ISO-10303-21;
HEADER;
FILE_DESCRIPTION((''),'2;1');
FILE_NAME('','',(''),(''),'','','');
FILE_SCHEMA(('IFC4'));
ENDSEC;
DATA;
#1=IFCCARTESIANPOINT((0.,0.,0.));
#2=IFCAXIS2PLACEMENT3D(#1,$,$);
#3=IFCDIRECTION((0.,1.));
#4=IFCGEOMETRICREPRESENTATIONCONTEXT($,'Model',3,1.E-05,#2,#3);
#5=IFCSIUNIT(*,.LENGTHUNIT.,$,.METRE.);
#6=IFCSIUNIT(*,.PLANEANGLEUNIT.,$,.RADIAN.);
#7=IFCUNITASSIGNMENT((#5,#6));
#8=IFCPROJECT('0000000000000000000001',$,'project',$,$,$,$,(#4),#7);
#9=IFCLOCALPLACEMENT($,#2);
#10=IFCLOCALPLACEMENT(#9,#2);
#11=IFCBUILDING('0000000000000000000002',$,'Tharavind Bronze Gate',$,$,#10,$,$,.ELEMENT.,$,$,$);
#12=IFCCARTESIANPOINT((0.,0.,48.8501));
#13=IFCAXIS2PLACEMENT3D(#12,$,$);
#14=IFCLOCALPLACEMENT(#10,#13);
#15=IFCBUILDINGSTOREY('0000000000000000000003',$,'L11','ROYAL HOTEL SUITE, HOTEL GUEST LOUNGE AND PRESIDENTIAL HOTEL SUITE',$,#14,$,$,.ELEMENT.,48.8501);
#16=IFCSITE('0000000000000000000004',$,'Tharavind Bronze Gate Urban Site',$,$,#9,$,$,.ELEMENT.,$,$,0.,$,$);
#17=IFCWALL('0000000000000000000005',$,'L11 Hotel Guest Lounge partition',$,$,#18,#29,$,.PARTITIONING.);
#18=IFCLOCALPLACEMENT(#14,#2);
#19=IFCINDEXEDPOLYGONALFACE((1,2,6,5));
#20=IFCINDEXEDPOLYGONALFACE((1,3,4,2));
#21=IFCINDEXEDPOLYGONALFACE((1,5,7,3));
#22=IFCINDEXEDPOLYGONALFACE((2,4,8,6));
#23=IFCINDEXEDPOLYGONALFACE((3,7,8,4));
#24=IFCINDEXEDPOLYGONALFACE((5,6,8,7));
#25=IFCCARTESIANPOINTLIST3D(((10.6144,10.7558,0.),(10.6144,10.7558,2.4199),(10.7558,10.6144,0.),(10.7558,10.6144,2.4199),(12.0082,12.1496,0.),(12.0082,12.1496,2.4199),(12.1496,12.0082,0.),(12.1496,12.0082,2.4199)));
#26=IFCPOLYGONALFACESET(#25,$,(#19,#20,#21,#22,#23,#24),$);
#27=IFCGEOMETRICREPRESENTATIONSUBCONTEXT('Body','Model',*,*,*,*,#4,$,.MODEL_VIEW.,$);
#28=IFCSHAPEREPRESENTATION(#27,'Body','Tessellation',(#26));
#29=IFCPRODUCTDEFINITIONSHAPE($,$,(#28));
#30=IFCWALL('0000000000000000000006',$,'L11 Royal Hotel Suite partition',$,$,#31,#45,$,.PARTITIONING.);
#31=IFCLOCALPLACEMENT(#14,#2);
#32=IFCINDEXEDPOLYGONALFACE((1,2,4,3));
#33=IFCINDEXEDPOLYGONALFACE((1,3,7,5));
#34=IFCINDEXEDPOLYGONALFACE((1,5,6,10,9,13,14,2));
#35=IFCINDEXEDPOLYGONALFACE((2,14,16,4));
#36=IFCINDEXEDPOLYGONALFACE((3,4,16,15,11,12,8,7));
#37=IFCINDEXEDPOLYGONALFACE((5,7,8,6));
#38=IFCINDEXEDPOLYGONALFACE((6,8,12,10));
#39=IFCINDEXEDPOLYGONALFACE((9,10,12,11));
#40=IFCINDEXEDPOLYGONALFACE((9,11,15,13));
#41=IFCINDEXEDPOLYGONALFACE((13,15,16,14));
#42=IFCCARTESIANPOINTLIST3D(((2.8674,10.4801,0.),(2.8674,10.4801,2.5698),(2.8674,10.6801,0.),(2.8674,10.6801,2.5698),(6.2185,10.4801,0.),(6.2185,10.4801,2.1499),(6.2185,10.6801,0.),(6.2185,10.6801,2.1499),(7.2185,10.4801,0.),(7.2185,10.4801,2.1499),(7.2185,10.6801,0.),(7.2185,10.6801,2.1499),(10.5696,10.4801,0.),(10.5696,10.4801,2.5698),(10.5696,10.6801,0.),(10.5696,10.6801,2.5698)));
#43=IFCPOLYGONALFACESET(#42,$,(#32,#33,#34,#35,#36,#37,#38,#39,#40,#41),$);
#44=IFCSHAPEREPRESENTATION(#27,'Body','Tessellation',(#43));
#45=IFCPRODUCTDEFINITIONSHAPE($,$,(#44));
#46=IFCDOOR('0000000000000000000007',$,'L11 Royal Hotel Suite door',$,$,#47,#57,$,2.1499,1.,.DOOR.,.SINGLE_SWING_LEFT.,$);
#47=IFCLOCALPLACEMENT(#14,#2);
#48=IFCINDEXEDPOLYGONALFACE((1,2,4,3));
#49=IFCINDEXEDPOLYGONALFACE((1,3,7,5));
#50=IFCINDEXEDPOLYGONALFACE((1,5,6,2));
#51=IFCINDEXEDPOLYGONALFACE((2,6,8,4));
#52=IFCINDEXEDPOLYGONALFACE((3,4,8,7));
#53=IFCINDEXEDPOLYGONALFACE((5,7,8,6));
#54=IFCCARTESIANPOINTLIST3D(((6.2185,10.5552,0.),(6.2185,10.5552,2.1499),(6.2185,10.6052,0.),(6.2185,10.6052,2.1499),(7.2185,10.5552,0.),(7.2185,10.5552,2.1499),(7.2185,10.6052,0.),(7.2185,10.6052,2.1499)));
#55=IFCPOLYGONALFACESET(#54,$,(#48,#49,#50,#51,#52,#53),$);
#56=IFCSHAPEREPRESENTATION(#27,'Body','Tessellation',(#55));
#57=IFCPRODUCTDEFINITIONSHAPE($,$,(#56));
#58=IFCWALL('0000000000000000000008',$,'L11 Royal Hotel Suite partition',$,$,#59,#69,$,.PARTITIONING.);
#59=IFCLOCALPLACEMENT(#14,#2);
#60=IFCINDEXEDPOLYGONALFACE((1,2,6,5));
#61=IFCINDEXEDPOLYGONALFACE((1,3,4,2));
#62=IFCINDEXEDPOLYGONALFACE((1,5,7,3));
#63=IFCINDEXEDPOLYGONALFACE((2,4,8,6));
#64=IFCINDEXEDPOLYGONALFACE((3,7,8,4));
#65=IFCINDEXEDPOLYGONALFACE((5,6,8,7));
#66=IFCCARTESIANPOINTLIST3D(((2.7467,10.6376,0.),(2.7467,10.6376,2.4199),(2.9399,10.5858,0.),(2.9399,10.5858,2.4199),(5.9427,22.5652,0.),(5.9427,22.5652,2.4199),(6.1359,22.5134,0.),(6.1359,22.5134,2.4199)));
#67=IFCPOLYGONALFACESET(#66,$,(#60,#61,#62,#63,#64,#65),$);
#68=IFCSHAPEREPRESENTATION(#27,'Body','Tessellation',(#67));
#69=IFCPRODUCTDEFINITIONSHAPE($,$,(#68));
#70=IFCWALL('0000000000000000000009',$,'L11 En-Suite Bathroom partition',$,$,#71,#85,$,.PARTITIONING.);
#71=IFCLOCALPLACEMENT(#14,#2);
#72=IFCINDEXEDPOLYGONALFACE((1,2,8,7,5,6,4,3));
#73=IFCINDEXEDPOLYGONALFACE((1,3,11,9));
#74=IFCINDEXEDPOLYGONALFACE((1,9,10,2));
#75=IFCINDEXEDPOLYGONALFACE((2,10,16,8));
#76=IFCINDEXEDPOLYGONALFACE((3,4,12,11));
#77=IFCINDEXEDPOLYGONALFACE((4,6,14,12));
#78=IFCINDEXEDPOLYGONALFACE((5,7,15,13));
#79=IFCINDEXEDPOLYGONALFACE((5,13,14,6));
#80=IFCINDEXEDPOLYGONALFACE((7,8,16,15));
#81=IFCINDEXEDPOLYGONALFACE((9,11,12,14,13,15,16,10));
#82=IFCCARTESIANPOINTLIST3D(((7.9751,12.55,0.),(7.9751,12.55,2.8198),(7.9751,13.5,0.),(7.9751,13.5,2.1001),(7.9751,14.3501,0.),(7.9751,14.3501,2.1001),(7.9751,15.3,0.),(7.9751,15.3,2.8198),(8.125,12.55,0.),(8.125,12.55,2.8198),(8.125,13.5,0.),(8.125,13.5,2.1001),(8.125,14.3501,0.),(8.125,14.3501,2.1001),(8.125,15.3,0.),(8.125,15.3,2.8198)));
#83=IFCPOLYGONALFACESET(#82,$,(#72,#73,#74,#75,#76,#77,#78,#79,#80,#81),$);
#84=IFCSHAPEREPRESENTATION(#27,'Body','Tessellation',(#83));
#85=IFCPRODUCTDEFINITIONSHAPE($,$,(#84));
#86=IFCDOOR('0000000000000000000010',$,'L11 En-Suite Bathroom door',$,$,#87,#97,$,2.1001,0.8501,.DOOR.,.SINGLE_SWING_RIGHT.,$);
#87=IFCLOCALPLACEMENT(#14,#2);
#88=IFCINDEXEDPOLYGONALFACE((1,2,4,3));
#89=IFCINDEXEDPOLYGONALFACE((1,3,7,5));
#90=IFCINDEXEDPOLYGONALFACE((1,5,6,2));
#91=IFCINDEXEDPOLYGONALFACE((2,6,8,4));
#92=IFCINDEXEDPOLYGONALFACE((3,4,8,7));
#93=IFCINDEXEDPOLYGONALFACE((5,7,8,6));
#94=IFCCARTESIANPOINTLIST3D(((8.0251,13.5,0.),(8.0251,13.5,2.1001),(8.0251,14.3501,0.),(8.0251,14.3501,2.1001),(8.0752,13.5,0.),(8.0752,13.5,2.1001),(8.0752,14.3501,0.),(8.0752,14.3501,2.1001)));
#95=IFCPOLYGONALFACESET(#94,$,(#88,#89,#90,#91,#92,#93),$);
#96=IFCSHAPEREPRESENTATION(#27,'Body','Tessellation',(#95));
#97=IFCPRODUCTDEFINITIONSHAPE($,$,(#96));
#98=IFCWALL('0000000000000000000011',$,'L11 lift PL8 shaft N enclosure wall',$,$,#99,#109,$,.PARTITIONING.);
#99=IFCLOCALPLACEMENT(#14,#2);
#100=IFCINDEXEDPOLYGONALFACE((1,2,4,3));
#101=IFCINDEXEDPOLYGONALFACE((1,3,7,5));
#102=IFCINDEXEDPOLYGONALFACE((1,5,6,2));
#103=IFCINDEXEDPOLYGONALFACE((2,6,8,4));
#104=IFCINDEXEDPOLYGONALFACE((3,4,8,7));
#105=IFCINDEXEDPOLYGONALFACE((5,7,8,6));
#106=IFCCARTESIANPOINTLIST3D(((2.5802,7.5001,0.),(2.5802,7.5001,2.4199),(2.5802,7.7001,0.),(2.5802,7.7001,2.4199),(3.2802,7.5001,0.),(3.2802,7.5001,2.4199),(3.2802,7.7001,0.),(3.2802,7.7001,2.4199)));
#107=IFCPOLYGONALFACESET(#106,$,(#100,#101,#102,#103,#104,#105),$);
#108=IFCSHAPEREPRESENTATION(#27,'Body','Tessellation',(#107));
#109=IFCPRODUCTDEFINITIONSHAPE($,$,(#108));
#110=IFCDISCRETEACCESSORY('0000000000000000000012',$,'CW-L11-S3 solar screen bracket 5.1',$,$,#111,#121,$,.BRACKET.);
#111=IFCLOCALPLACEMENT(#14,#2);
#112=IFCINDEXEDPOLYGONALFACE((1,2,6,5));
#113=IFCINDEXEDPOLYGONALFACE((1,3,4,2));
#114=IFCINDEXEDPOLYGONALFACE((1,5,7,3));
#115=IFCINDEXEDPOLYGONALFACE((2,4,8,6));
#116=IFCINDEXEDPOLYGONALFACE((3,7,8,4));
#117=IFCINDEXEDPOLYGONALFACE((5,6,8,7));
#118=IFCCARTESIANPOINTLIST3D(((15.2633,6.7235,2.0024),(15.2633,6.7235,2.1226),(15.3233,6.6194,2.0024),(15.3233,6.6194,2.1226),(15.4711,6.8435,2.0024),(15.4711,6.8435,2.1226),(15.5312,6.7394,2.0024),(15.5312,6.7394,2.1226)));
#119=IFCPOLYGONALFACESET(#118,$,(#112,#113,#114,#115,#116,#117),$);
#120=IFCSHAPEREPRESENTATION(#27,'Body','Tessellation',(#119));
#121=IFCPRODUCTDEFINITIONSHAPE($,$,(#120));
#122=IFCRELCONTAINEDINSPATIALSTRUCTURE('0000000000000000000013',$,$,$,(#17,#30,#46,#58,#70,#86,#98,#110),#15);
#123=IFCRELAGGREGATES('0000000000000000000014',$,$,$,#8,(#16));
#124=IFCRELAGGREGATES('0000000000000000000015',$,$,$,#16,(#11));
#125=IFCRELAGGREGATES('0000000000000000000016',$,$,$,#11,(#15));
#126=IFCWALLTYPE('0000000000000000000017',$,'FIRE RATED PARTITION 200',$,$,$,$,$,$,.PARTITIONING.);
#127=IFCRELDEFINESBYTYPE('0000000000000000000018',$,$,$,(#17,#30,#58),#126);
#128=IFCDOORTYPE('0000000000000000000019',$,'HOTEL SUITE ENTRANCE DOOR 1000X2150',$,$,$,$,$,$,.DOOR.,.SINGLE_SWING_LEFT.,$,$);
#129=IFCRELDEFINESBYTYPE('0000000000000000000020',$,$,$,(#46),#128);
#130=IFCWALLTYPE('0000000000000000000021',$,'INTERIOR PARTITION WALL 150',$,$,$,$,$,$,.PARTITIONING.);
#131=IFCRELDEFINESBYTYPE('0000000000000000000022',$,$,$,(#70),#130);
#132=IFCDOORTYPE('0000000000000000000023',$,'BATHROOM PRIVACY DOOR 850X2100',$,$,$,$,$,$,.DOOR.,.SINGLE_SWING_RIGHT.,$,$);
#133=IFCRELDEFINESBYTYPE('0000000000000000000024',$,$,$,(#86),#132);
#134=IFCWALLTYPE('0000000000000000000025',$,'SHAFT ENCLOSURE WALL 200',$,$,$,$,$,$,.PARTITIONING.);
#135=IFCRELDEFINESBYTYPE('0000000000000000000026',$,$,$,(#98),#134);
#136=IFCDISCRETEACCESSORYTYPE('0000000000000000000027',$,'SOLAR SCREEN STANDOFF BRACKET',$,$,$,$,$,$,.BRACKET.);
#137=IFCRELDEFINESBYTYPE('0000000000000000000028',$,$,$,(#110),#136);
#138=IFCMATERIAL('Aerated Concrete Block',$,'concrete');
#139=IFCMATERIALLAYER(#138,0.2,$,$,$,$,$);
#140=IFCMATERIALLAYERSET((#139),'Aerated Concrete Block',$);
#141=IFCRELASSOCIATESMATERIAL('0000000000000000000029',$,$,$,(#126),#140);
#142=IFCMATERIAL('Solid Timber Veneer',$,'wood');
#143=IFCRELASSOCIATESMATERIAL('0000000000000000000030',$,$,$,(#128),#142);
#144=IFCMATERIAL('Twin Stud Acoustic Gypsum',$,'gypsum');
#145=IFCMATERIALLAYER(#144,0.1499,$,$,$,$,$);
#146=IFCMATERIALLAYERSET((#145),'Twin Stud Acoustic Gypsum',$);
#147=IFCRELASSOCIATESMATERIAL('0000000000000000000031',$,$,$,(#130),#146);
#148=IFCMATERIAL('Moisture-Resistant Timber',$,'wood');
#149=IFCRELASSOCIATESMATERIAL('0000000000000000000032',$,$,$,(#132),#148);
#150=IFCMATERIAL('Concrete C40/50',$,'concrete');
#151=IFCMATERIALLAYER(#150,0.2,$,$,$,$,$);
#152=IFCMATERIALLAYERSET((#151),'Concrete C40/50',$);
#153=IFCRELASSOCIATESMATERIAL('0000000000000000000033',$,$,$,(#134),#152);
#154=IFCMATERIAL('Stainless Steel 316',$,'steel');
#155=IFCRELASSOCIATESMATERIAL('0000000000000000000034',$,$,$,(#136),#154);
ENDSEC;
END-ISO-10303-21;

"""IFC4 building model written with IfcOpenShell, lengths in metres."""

from ifc_helpers import new_model, si_unit, direction, frame, frame_2d, origin, origin_2d, place, context, subcontext, project, spatial, rectangle, extrude, material, layer, layer_set, type_object, element, fill, save


model = new_model("IFC4")

# Units and contexts
model_context = context("Model", 3, precision=1e-05, world=origin(), true_north=direction((0.0, 1.0)))
body_context = subcontext(model_context, "Body", "Model", "MODEL_VIEW")
ifc_project = project(units=[si_unit("LENGTHUNIT", "METRE"), si_unit("PLANEANGLEUNIT", "RADIAN")], contexts=[model_context])

# Site, building, storey
site_placement = place(None, origin())
site = spatial("IfcSite", under=ifc_project, at=site_placement, Name="Tharavind Bronze Gate Urban Site", CompositionType="ELEMENT", RefElevation=0.0)
building_placement = place(site_placement, origin())
building = spatial("IfcBuilding", under=site, at=building_placement, Name="Tharavind Bronze Gate", CompositionType="ELEMENT")
storey_placement = place(building_placement, frame((0.0, 0.0, 48.8501)))
storey = spatial("IfcBuildingStorey", under=building, at=storey_placement, Name="L11", Description="ROYAL HOTEL SUITE, HOTEL GUEST LOUNGE AND PRESIDENTIAL HOTEL SUITE", CompositionType="ELEMENT", Elevation=48.8501)

# Shared definitions
ifc_material_1 = material(Name="Aerated Concrete Block", Category="concrete")
ifc_layer_1 = layer(ifc_material_1, 0.2)
ifc_layer_set_1 = layer_set([ifc_layer_1], Name="Aerated Concrete Block")
wall_type_1 = type_object("IfcWallType", Name="FIRE RATED PARTITION 200", PredefinedType="PARTITIONING", material=ifc_layer_set_1)

# Wall
wall_1_placement = place(storey_placement, frame((10.6851, 10.6851, 0.0), z_axis=(0.0, 0.0, 1.0), x_axis=(0.707107, 0.707107, 0.0)))
element("IfcWall", 1, at=wall_1_placement, inside=storey, type_object=wall_type_1, Name="L11 Hotel Guest Lounge partition", PredefinedType="PARTITIONING", context=body_context, shape_type="SweptSolid", body=[
    extrude(rectangle(XDim=1.9712, YDim=0.2, at=frame_2d((0.9856, 0.0))), origin(), (0.0, 0.0, 1.0), 2.4199),
])

# Wall, opening, door
wall_2_placement = place(storey_placement, frame((10.5696, 10.5801, 0.0), z_axis=(0.0, 0.0, 1.0), x_axis=(-1.0, 0.0, 0.0)))
wall_2 = element("IfcWall", 2, at=wall_2_placement, inside=storey, type_object=wall_type_1, Name="L11 Royal Hotel Suite partition", PredefinedType="PARTITIONING", context=body_context, shape_type="SweptSolid", body=[
    extrude(rectangle(XDim=7.7021, YDim=0.2, at=frame_2d((3.8511, 0.0))), origin(), (0.0, 0.0, 1.0), 2.5698),
])
opening_1_placement = place(wall_2_placement, frame((3.3511, 0.0, 0.0)))
opening_1 = element("IfcOpeningElement", 3, at=opening_1_placement, cuts=wall_2, PredefinedType="OPENING", context=body_context, shape_type="SweptSolid", body=[
    extrude(rectangle(XDim=1.0, YDim=2.1499, at=frame_2d((0.5, 1.075))), frame((0.0, 0.1101, 0.0), z_axis=(0.0, -1.0, 0.0), x_axis=(1.0, 0.0, 0.0)), (0.0, 0.0, 1.0), 0.22),
])
ifc_material_2 = material(Name="Solid Timber Veneer", Category="wood")
door_type_1 = type_object("IfcDoorType", Name="HOTEL SUITE ENTRANCE DOOR 1000X2150", OperationType="SINGLE_SWING_LEFT", PredefinedType="DOOR", material=ifc_material_2)
door_1_placement = place(opening_1_placement, origin())
door_1 = element("IfcDoor", 4, at=door_1_placement, inside=storey, type_object=door_type_1, Name="L11 Royal Hotel Suite door", OperationType="SINGLE_SWING_LEFT", OverallHeight=2.1499, OverallWidth=1.0, PredefinedType="DOOR", context=body_context, shape_type="SweptSolid", body=[
    extrude(rectangle(XDim=1.0, YDim=2.1499, at=frame_2d((0.5, 1.075))), frame((0.0, 0.0249, 0.0), z_axis=(0.0, -1.0, 0.0), x_axis=(1.0, 0.0, 0.0)), (0.0, 0.0, 1.0), 0.05),
])
fill(opening_1, door_1)

# Wall
wall_3_placement = place(storey_placement, frame((2.8433, 10.6116, 0.0), z_axis=(0.0, 0.0, 1.0), x_axis=(0.25882, 0.965925, 0.0)))
element("IfcWall", 5, at=wall_3_placement, inside=storey, type_object=wall_type_1, Name="L11 Royal Hotel Suite partition", PredefinedType="PARTITIONING", context=body_context, shape_type="SweptSolid", body=[
    extrude(rectangle(XDim=12.3484, YDim=0.2, at=frame_2d((6.1743, 0.0))), origin(), (0.0, 0.0, 1.0), 2.4199),
])

# Wall, opening, door
ifc_material_3 = material(Name="Twin Stud Acoustic Gypsum", Category="gypsum")
ifc_layer_2 = layer(ifc_material_3, 0.1499)
ifc_layer_set_2 = layer_set([ifc_layer_2], Name="Twin Stud Acoustic Gypsum")
wall_type_2 = type_object("IfcWallType", Name="INTERIOR PARTITION WALL 150", PredefinedType="PARTITIONING", material=ifc_layer_set_2)
wall_4_placement = place(storey_placement, frame((8.05, 12.55, 0.0), z_axis=(0.0, 0.0, 1.0), x_axis=(0.0, 1.0, 0.0)))
wall_4 = element("IfcWall", 6, at=wall_4_placement, inside=storey, type_object=wall_type_2, Name="L11 En-Suite Bathroom partition", PredefinedType="PARTITIONING", context=body_context, shape_type="SweptSolid", body=[
    extrude(rectangle(XDim=2.75, YDim=0.1499, at=frame_2d((1.375, 0.0))), origin(), (0.0, 0.0, 1.0), 2.8198),
])
opening_2_placement = place(wall_4_placement, frame((0.95, 0.0, 0.0)))
opening_2 = element("IfcOpeningElement", 7, at=opening_2_placement, cuts=wall_4, PredefinedType="OPENING", context=body_context, shape_type="SweptSolid", body=[
    extrude(rectangle(XDim=0.8501, YDim=2.1001, at=frame_2d((0.425, 1.05))), frame((0.0, 0.085, 0.0), z_axis=(0.0, -1.0, 0.0), x_axis=(1.0, 0.0, 0.0)), (0.0, 0.0, 1.0), 0.1699),
])
ifc_material_4 = material(Name="Moisture-Resistant Timber", Category="wood")
door_type_2 = type_object("IfcDoorType", Name="BATHROOM PRIVACY DOOR 850X2100", OperationType="SINGLE_SWING_RIGHT", PredefinedType="DOOR", material=ifc_material_4)
door_2_placement = place(opening_2_placement, origin())
door_2 = element("IfcDoor", 8, at=door_2_placement, inside=storey, type_object=door_type_2, Name="L11 En-Suite Bathroom door", OperationType="SINGLE_SWING_RIGHT", OverallHeight=2.1001, OverallWidth=0.8501, PredefinedType="DOOR", context=body_context, shape_type="SweptSolid", body=[
    extrude(rectangle(XDim=0.8501, YDim=2.1001, at=frame_2d((0.425, 1.05))), frame((0.0, 0.0249, 0.0), z_axis=(0.0, -1.0, 0.0), x_axis=(1.0, 0.0, 0.0)), (0.0, 0.0, 1.0), 0.05),
])
fill(opening_2, door_2)

# Wall
ifc_material_5 = material(Name="Concrete C40/50", Category="concrete")
ifc_layer_3 = layer(ifc_material_5, 0.2)
ifc_layer_set_3 = layer_set([ifc_layer_3], Name="Concrete C40/50")
wall_type_3 = type_object("IfcWallType", Name="SHAFT ENCLOSURE WALL 200", PredefinedType="PARTITIONING", material=ifc_layer_set_3)
wall_5_placement = place(storey_placement, frame((2.5801, 7.6001, 0.0), z_axis=(0.0, 0.0, 1.0), x_axis=(1.0, 0.0, 0.0)))
element("IfcWall", 9, at=wall_5_placement, inside=storey, type_object=wall_type_3, Name="L11 lift PL8 shaft N enclosure wall", PredefinedType="PARTITIONING", context=body_context, shape_type="SweptSolid", body=[
    extrude(rectangle(XDim=0.7, YDim=0.2, at=frame_2d((0.3501, 0.0))), origin(), (0.0, 0.0, 1.0), 2.4199),
])

# Discrete accessory
ifc_material_6 = material(Name="Stainless Steel 316", Category="steel")
discrete_accessory_type = type_object("IfcDiscreteAccessoryType", Name="SOLAR SCREEN STANDOFF BRACKET", PredefinedType="BRACKET", material=ifc_material_6)
discrete_accessory_placement = place(storey_placement, frame((15.3972, 6.7314, 2.0024), z_axis=(0.0, 0.0, 1.0), x_axis=(-0.500002, 0.866025, 0.0)))
element("IfcDiscreteAccessory", 10, at=discrete_accessory_placement, inside=storey, type_object=discrete_accessory_type, Name="CW-L11-S3 solar screen bracket 5.1", PredefinedType="BRACKET", context=body_context, shape_type="SweptSolid", body=[
    extrude(rectangle(XDim=0.1201, YDim=0.24, at=origin_2d()), origin(), (0.0, 0.0, 1.0), 0.1201),
])

save(model, "model.ifc")
